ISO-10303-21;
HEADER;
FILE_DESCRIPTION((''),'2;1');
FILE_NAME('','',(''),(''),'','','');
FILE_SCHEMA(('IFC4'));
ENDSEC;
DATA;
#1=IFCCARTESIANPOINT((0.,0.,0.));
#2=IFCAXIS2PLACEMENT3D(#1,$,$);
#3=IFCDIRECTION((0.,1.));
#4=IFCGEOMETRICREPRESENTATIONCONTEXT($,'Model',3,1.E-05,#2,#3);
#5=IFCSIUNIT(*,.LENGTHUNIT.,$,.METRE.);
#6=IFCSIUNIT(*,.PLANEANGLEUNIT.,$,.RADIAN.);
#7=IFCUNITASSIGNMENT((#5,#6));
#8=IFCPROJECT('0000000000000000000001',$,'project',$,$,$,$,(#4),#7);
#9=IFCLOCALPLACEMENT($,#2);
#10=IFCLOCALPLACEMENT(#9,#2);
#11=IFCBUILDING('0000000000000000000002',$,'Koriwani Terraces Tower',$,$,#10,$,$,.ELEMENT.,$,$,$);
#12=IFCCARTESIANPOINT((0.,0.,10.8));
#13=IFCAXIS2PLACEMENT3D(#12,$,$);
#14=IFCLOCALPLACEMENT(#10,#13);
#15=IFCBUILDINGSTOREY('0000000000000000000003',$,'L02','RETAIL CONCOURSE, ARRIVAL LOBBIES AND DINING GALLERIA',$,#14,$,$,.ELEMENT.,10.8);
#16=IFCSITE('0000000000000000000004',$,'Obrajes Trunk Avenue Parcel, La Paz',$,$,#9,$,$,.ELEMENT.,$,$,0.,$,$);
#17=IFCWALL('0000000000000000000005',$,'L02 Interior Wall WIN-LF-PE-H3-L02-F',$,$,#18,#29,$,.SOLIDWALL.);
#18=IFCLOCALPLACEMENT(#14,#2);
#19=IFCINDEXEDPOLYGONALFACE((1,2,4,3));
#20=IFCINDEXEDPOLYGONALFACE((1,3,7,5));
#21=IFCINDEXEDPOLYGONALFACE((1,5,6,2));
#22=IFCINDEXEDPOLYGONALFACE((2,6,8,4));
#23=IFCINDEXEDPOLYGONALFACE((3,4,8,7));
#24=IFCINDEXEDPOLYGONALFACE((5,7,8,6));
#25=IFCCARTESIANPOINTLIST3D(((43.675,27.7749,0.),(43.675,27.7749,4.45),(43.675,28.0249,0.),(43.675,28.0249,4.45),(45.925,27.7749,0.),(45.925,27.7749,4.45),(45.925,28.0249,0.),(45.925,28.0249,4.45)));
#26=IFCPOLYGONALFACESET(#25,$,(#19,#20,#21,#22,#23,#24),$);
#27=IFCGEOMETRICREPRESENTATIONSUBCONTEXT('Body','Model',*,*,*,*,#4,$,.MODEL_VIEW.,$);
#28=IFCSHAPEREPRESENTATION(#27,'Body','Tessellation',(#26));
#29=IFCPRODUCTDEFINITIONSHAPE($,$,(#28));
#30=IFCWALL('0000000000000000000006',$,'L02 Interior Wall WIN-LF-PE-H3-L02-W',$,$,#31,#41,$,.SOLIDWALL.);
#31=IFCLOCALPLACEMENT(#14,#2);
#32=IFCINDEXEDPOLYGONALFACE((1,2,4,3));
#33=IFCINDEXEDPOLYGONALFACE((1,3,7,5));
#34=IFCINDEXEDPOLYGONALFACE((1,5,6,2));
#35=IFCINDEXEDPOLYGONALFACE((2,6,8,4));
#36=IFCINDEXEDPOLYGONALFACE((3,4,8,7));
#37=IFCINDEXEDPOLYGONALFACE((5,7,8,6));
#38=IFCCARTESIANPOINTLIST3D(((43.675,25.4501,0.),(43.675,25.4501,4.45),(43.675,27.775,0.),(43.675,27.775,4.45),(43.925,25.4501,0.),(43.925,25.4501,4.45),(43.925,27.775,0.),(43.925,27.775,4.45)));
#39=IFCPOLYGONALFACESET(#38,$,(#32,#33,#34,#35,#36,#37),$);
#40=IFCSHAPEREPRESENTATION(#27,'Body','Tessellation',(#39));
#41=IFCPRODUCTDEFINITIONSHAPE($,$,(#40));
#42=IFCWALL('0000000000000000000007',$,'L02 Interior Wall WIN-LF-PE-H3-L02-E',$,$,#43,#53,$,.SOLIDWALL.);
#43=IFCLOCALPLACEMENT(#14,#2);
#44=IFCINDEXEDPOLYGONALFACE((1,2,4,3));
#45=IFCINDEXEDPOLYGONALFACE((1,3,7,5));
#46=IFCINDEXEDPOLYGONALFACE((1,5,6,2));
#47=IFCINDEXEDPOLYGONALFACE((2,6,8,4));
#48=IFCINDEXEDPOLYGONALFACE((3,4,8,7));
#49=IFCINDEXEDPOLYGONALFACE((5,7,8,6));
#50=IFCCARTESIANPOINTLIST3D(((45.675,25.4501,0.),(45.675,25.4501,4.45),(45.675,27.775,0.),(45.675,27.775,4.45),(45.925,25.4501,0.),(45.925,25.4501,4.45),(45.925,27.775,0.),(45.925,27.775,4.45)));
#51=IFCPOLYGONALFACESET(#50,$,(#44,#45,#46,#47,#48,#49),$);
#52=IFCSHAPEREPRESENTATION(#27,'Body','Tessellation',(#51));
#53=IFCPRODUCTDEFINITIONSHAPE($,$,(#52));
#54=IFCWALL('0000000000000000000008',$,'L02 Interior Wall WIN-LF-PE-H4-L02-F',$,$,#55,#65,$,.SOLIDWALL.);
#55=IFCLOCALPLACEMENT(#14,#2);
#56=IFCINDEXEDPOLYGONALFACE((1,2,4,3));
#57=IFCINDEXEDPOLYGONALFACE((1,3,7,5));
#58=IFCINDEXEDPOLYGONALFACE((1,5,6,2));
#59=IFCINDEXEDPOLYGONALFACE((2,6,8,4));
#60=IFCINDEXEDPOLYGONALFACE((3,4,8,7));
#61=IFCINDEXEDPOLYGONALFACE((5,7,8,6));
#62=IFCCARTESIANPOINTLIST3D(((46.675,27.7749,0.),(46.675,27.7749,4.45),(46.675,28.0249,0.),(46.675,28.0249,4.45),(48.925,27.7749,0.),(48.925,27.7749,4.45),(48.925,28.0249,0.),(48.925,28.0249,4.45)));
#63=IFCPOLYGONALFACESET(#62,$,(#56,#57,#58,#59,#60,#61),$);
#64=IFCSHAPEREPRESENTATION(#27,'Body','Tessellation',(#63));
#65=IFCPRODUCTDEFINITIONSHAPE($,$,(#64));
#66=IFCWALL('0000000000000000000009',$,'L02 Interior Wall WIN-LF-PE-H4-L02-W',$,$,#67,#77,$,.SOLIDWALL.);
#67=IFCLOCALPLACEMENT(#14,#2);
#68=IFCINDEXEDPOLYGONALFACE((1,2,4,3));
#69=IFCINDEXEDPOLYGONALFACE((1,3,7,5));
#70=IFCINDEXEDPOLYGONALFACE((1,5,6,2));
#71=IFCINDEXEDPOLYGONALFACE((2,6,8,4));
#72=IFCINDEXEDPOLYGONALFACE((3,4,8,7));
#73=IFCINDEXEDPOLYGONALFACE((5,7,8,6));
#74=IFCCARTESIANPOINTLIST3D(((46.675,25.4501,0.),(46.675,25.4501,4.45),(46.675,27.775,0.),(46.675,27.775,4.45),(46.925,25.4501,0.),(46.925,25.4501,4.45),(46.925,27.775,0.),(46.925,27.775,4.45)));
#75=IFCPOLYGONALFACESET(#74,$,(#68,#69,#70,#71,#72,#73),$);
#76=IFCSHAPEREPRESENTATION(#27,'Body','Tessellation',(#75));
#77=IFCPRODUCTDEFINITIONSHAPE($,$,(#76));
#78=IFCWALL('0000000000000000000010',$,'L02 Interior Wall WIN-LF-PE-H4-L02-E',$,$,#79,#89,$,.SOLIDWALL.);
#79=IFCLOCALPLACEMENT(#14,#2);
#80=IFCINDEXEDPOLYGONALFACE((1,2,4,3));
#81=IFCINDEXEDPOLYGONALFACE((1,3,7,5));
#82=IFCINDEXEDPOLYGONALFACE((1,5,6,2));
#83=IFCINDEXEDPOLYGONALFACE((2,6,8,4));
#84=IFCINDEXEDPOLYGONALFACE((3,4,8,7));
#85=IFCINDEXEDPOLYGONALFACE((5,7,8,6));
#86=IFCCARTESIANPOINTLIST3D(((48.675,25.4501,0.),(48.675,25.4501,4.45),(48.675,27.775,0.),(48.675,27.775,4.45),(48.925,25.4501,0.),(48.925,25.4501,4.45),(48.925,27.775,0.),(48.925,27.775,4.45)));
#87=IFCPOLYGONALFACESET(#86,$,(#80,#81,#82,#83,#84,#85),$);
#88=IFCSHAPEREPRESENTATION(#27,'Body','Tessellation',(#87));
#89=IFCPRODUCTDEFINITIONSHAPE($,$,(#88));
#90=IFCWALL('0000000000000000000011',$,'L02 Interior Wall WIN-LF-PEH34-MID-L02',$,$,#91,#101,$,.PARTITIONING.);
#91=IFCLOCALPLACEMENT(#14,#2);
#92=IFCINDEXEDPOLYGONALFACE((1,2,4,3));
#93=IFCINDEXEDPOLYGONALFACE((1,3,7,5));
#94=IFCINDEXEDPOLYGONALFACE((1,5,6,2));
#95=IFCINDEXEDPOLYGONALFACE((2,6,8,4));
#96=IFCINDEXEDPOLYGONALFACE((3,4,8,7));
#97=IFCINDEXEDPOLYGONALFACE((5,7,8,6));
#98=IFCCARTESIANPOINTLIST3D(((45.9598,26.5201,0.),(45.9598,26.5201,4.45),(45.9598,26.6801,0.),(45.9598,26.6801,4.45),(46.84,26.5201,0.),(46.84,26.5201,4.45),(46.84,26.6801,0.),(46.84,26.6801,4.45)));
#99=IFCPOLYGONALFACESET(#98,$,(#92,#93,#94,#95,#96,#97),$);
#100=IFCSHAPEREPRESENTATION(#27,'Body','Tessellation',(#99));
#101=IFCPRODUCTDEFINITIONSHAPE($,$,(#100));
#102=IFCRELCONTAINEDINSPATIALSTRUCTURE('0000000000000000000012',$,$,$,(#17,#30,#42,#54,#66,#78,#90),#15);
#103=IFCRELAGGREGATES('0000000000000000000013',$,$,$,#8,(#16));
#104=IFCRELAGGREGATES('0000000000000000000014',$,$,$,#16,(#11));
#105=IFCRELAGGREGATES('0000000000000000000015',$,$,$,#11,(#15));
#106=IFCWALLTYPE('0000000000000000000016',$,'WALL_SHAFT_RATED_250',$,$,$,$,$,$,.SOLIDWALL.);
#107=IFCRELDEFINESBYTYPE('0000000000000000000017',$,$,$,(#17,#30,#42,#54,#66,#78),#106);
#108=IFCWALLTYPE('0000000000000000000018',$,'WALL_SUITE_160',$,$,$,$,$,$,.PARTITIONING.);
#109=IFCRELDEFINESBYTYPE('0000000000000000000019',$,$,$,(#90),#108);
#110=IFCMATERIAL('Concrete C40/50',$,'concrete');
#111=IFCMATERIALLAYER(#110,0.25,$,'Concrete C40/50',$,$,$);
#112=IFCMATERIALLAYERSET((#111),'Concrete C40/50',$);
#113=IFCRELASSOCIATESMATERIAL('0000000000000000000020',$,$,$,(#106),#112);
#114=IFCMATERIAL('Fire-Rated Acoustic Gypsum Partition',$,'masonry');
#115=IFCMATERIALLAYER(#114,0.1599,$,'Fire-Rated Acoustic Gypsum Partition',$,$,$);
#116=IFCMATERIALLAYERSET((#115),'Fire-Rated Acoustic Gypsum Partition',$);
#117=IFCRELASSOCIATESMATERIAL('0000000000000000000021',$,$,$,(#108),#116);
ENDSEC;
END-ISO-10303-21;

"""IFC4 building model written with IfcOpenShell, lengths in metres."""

from ifc_helpers import new_model, si_unit, direction, frame, frame_2d, origin, place, context, subcontext, project, spatial, rectangle, extrude, material, layer, layer_set, type_object, element, save


model = new_model("IFC4")

# Units and contexts
model_context = context("Model", 3, precision=1e-05, world=origin(), true_north=direction((0.0, 1.0)))
body_context = subcontext(model_context, "Body", "Model", "MODEL_VIEW")
ifc_project = project(units=[si_unit("LENGTHUNIT", "METRE"), si_unit("PLANEANGLEUNIT", "RADIAN")], contexts=[model_context])

# Site, building, storey
site_placement = place(None, origin())
site = spatial("IfcSite", under=ifc_project, at=site_placement, Name="Obrajes Trunk Avenue Parcel, La Paz", CompositionType="ELEMENT", RefElevation=0.0)
building_placement = place(site_placement, origin())
building = spatial("IfcBuilding", under=site, at=building_placement, Name="Koriwani Terraces Tower", CompositionType="ELEMENT")
storey_placement = place(building_placement, frame((0.0, 0.0, 10.8)))
storey = spatial("IfcBuildingStorey", under=building, at=storey_placement, Name="L02", Description="RETAIL CONCOURSE, ARRIVAL LOBBIES AND DINING GALLERIA", CompositionType="ELEMENT", Elevation=10.8)

# Shared definitions
ifc_material_1 = material(Name="Concrete C40/50", Category="concrete")
ifc_layer_1 = layer(ifc_material_1, 0.25, Name="Concrete C40/50")
ifc_layer_set_1 = layer_set([ifc_layer_1], Name="Concrete C40/50")
wall_type_1 = type_object("IfcWallType", Name="WALL_SHAFT_RATED_250", PredefinedType="SOLIDWALL", material=ifc_layer_set_1)

# Walls
wall_1_placement = place(storey_placement, frame((43.675, 27.8999, 0.0), z_axis=(0.0, 0.0, 1.0), x_axis=(1.0, 0.0, 0.0)))
element("IfcWall", 1, at=wall_1_placement, inside=storey, type_object=wall_type_1, Name="L02 Interior Wall WIN-LF-PE-H3-L02-F", PredefinedType="SOLIDWALL", context=body_context, shape_type="SweptSolid", body=[
    extrude(rectangle(XDim=2.25, YDim=0.25, at=frame_2d((1.125, 0.0))), origin(), (0.0, 0.0, 1.0), 4.45),
])
for number, where, z_axis, x_axis, name in (
    (2, (43.8, 25.45, 0.0), (0.0, 0.0, 1.0), (0.0, 1.0, 0.0), "L02 Interior Wall WIN-LF-PE-H3-L02-W"),
    (3, (45.8, 25.45, 0.0), (0.0, 0.0, 1.0), (0.0, 1.0, 0.0), "L02 Interior Wall WIN-LF-PE-H3-L02-E"),
):
    element("IfcWall", number, at=place(storey_placement, frame(where, z_axis=z_axis, x_axis=x_axis)), inside=storey, type_object=wall_type_1, Name=name, PredefinedType="SOLIDWALL", context=body_context, shape_type="SweptSolid", body=[
        extrude(rectangle(XDim=2.325, YDim=0.25, at=frame_2d((1.1626, 0.0))), origin(), (0.0, 0.0, 1.0), 4.45),
    ])
wall_2_placement = place(storey_placement, frame((46.675, 27.8999, 0.0), z_axis=(0.0, 0.0, 1.0), x_axis=(1.0, 0.0, 0.0)))
element("IfcWall", 4, at=wall_2_placement, inside=storey, type_object=wall_type_1, Name="L02 Interior Wall WIN-LF-PE-H4-L02-F", PredefinedType="SOLIDWALL", context=body_context, shape_type="SweptSolid", body=[
    extrude(rectangle(XDim=2.25, YDim=0.25, at=frame_2d((1.125, 0.0))), origin(), (0.0, 0.0, 1.0), 4.45),
])
for number, where, z_axis, x_axis, name in (
    (5, (46.8, 25.45, 0.0), (0.0, 0.0, 1.0), (0.0, 1.0, 0.0), "L02 Interior Wall WIN-LF-PE-H4-L02-W"),
    (6, (48.8, 25.45, 0.0), (0.0, 0.0, 1.0), (0.0, 1.0, 0.0), "L02 Interior Wall WIN-LF-PE-H4-L02-E"),
):
    element("IfcWall", number, at=place(storey_placement, frame(where, z_axis=z_axis, x_axis=x_axis)), inside=storey, type_object=wall_type_1, Name=name, PredefinedType="SOLIDWALL", context=body_context, shape_type="SweptSolid", body=[
        extrude(rectangle(XDim=2.325, YDim=0.25, at=frame_2d((1.1626, 0.0))), origin(), (0.0, 0.0, 1.0), 4.45),
    ])
ifc_material_2 = material(Name="Fire-Rated Acoustic Gypsum Partition", Category="masonry")
ifc_layer_2 = layer(ifc_material_2, 0.1599, Name="Fire-Rated Acoustic Gypsum Partition")
ifc_layer_set_2 = layer_set([ifc_layer_2], Name="Fire-Rated Acoustic Gypsum Partition")
wall_type_2 = type_object("IfcWallType", Name="WALL_SUITE_160", PredefinedType="PARTITIONING", material=ifc_layer_set_2)
wall_3_placement = place(storey_placement, frame((45.96, 26.6001, 0.0), z_axis=(0.0, 0.0, 1.0), x_axis=(1.0, 0.0, 0.0)))
element("IfcWall", 7, at=wall_3_placement, inside=storey, type_object=wall_type_2, Name="L02 Interior Wall WIN-LF-PEH34-MID-L02", PredefinedType="PARTITIONING", context=body_context, shape_type="SweptSolid", body=[
    extrude(rectangle(XDim=0.8801, YDim=0.1599, at=frame_2d((0.4399, 0.0))), origin(), (0.0, 0.0, 1.0), 4.45),
])

save(model, "model.ifc")
